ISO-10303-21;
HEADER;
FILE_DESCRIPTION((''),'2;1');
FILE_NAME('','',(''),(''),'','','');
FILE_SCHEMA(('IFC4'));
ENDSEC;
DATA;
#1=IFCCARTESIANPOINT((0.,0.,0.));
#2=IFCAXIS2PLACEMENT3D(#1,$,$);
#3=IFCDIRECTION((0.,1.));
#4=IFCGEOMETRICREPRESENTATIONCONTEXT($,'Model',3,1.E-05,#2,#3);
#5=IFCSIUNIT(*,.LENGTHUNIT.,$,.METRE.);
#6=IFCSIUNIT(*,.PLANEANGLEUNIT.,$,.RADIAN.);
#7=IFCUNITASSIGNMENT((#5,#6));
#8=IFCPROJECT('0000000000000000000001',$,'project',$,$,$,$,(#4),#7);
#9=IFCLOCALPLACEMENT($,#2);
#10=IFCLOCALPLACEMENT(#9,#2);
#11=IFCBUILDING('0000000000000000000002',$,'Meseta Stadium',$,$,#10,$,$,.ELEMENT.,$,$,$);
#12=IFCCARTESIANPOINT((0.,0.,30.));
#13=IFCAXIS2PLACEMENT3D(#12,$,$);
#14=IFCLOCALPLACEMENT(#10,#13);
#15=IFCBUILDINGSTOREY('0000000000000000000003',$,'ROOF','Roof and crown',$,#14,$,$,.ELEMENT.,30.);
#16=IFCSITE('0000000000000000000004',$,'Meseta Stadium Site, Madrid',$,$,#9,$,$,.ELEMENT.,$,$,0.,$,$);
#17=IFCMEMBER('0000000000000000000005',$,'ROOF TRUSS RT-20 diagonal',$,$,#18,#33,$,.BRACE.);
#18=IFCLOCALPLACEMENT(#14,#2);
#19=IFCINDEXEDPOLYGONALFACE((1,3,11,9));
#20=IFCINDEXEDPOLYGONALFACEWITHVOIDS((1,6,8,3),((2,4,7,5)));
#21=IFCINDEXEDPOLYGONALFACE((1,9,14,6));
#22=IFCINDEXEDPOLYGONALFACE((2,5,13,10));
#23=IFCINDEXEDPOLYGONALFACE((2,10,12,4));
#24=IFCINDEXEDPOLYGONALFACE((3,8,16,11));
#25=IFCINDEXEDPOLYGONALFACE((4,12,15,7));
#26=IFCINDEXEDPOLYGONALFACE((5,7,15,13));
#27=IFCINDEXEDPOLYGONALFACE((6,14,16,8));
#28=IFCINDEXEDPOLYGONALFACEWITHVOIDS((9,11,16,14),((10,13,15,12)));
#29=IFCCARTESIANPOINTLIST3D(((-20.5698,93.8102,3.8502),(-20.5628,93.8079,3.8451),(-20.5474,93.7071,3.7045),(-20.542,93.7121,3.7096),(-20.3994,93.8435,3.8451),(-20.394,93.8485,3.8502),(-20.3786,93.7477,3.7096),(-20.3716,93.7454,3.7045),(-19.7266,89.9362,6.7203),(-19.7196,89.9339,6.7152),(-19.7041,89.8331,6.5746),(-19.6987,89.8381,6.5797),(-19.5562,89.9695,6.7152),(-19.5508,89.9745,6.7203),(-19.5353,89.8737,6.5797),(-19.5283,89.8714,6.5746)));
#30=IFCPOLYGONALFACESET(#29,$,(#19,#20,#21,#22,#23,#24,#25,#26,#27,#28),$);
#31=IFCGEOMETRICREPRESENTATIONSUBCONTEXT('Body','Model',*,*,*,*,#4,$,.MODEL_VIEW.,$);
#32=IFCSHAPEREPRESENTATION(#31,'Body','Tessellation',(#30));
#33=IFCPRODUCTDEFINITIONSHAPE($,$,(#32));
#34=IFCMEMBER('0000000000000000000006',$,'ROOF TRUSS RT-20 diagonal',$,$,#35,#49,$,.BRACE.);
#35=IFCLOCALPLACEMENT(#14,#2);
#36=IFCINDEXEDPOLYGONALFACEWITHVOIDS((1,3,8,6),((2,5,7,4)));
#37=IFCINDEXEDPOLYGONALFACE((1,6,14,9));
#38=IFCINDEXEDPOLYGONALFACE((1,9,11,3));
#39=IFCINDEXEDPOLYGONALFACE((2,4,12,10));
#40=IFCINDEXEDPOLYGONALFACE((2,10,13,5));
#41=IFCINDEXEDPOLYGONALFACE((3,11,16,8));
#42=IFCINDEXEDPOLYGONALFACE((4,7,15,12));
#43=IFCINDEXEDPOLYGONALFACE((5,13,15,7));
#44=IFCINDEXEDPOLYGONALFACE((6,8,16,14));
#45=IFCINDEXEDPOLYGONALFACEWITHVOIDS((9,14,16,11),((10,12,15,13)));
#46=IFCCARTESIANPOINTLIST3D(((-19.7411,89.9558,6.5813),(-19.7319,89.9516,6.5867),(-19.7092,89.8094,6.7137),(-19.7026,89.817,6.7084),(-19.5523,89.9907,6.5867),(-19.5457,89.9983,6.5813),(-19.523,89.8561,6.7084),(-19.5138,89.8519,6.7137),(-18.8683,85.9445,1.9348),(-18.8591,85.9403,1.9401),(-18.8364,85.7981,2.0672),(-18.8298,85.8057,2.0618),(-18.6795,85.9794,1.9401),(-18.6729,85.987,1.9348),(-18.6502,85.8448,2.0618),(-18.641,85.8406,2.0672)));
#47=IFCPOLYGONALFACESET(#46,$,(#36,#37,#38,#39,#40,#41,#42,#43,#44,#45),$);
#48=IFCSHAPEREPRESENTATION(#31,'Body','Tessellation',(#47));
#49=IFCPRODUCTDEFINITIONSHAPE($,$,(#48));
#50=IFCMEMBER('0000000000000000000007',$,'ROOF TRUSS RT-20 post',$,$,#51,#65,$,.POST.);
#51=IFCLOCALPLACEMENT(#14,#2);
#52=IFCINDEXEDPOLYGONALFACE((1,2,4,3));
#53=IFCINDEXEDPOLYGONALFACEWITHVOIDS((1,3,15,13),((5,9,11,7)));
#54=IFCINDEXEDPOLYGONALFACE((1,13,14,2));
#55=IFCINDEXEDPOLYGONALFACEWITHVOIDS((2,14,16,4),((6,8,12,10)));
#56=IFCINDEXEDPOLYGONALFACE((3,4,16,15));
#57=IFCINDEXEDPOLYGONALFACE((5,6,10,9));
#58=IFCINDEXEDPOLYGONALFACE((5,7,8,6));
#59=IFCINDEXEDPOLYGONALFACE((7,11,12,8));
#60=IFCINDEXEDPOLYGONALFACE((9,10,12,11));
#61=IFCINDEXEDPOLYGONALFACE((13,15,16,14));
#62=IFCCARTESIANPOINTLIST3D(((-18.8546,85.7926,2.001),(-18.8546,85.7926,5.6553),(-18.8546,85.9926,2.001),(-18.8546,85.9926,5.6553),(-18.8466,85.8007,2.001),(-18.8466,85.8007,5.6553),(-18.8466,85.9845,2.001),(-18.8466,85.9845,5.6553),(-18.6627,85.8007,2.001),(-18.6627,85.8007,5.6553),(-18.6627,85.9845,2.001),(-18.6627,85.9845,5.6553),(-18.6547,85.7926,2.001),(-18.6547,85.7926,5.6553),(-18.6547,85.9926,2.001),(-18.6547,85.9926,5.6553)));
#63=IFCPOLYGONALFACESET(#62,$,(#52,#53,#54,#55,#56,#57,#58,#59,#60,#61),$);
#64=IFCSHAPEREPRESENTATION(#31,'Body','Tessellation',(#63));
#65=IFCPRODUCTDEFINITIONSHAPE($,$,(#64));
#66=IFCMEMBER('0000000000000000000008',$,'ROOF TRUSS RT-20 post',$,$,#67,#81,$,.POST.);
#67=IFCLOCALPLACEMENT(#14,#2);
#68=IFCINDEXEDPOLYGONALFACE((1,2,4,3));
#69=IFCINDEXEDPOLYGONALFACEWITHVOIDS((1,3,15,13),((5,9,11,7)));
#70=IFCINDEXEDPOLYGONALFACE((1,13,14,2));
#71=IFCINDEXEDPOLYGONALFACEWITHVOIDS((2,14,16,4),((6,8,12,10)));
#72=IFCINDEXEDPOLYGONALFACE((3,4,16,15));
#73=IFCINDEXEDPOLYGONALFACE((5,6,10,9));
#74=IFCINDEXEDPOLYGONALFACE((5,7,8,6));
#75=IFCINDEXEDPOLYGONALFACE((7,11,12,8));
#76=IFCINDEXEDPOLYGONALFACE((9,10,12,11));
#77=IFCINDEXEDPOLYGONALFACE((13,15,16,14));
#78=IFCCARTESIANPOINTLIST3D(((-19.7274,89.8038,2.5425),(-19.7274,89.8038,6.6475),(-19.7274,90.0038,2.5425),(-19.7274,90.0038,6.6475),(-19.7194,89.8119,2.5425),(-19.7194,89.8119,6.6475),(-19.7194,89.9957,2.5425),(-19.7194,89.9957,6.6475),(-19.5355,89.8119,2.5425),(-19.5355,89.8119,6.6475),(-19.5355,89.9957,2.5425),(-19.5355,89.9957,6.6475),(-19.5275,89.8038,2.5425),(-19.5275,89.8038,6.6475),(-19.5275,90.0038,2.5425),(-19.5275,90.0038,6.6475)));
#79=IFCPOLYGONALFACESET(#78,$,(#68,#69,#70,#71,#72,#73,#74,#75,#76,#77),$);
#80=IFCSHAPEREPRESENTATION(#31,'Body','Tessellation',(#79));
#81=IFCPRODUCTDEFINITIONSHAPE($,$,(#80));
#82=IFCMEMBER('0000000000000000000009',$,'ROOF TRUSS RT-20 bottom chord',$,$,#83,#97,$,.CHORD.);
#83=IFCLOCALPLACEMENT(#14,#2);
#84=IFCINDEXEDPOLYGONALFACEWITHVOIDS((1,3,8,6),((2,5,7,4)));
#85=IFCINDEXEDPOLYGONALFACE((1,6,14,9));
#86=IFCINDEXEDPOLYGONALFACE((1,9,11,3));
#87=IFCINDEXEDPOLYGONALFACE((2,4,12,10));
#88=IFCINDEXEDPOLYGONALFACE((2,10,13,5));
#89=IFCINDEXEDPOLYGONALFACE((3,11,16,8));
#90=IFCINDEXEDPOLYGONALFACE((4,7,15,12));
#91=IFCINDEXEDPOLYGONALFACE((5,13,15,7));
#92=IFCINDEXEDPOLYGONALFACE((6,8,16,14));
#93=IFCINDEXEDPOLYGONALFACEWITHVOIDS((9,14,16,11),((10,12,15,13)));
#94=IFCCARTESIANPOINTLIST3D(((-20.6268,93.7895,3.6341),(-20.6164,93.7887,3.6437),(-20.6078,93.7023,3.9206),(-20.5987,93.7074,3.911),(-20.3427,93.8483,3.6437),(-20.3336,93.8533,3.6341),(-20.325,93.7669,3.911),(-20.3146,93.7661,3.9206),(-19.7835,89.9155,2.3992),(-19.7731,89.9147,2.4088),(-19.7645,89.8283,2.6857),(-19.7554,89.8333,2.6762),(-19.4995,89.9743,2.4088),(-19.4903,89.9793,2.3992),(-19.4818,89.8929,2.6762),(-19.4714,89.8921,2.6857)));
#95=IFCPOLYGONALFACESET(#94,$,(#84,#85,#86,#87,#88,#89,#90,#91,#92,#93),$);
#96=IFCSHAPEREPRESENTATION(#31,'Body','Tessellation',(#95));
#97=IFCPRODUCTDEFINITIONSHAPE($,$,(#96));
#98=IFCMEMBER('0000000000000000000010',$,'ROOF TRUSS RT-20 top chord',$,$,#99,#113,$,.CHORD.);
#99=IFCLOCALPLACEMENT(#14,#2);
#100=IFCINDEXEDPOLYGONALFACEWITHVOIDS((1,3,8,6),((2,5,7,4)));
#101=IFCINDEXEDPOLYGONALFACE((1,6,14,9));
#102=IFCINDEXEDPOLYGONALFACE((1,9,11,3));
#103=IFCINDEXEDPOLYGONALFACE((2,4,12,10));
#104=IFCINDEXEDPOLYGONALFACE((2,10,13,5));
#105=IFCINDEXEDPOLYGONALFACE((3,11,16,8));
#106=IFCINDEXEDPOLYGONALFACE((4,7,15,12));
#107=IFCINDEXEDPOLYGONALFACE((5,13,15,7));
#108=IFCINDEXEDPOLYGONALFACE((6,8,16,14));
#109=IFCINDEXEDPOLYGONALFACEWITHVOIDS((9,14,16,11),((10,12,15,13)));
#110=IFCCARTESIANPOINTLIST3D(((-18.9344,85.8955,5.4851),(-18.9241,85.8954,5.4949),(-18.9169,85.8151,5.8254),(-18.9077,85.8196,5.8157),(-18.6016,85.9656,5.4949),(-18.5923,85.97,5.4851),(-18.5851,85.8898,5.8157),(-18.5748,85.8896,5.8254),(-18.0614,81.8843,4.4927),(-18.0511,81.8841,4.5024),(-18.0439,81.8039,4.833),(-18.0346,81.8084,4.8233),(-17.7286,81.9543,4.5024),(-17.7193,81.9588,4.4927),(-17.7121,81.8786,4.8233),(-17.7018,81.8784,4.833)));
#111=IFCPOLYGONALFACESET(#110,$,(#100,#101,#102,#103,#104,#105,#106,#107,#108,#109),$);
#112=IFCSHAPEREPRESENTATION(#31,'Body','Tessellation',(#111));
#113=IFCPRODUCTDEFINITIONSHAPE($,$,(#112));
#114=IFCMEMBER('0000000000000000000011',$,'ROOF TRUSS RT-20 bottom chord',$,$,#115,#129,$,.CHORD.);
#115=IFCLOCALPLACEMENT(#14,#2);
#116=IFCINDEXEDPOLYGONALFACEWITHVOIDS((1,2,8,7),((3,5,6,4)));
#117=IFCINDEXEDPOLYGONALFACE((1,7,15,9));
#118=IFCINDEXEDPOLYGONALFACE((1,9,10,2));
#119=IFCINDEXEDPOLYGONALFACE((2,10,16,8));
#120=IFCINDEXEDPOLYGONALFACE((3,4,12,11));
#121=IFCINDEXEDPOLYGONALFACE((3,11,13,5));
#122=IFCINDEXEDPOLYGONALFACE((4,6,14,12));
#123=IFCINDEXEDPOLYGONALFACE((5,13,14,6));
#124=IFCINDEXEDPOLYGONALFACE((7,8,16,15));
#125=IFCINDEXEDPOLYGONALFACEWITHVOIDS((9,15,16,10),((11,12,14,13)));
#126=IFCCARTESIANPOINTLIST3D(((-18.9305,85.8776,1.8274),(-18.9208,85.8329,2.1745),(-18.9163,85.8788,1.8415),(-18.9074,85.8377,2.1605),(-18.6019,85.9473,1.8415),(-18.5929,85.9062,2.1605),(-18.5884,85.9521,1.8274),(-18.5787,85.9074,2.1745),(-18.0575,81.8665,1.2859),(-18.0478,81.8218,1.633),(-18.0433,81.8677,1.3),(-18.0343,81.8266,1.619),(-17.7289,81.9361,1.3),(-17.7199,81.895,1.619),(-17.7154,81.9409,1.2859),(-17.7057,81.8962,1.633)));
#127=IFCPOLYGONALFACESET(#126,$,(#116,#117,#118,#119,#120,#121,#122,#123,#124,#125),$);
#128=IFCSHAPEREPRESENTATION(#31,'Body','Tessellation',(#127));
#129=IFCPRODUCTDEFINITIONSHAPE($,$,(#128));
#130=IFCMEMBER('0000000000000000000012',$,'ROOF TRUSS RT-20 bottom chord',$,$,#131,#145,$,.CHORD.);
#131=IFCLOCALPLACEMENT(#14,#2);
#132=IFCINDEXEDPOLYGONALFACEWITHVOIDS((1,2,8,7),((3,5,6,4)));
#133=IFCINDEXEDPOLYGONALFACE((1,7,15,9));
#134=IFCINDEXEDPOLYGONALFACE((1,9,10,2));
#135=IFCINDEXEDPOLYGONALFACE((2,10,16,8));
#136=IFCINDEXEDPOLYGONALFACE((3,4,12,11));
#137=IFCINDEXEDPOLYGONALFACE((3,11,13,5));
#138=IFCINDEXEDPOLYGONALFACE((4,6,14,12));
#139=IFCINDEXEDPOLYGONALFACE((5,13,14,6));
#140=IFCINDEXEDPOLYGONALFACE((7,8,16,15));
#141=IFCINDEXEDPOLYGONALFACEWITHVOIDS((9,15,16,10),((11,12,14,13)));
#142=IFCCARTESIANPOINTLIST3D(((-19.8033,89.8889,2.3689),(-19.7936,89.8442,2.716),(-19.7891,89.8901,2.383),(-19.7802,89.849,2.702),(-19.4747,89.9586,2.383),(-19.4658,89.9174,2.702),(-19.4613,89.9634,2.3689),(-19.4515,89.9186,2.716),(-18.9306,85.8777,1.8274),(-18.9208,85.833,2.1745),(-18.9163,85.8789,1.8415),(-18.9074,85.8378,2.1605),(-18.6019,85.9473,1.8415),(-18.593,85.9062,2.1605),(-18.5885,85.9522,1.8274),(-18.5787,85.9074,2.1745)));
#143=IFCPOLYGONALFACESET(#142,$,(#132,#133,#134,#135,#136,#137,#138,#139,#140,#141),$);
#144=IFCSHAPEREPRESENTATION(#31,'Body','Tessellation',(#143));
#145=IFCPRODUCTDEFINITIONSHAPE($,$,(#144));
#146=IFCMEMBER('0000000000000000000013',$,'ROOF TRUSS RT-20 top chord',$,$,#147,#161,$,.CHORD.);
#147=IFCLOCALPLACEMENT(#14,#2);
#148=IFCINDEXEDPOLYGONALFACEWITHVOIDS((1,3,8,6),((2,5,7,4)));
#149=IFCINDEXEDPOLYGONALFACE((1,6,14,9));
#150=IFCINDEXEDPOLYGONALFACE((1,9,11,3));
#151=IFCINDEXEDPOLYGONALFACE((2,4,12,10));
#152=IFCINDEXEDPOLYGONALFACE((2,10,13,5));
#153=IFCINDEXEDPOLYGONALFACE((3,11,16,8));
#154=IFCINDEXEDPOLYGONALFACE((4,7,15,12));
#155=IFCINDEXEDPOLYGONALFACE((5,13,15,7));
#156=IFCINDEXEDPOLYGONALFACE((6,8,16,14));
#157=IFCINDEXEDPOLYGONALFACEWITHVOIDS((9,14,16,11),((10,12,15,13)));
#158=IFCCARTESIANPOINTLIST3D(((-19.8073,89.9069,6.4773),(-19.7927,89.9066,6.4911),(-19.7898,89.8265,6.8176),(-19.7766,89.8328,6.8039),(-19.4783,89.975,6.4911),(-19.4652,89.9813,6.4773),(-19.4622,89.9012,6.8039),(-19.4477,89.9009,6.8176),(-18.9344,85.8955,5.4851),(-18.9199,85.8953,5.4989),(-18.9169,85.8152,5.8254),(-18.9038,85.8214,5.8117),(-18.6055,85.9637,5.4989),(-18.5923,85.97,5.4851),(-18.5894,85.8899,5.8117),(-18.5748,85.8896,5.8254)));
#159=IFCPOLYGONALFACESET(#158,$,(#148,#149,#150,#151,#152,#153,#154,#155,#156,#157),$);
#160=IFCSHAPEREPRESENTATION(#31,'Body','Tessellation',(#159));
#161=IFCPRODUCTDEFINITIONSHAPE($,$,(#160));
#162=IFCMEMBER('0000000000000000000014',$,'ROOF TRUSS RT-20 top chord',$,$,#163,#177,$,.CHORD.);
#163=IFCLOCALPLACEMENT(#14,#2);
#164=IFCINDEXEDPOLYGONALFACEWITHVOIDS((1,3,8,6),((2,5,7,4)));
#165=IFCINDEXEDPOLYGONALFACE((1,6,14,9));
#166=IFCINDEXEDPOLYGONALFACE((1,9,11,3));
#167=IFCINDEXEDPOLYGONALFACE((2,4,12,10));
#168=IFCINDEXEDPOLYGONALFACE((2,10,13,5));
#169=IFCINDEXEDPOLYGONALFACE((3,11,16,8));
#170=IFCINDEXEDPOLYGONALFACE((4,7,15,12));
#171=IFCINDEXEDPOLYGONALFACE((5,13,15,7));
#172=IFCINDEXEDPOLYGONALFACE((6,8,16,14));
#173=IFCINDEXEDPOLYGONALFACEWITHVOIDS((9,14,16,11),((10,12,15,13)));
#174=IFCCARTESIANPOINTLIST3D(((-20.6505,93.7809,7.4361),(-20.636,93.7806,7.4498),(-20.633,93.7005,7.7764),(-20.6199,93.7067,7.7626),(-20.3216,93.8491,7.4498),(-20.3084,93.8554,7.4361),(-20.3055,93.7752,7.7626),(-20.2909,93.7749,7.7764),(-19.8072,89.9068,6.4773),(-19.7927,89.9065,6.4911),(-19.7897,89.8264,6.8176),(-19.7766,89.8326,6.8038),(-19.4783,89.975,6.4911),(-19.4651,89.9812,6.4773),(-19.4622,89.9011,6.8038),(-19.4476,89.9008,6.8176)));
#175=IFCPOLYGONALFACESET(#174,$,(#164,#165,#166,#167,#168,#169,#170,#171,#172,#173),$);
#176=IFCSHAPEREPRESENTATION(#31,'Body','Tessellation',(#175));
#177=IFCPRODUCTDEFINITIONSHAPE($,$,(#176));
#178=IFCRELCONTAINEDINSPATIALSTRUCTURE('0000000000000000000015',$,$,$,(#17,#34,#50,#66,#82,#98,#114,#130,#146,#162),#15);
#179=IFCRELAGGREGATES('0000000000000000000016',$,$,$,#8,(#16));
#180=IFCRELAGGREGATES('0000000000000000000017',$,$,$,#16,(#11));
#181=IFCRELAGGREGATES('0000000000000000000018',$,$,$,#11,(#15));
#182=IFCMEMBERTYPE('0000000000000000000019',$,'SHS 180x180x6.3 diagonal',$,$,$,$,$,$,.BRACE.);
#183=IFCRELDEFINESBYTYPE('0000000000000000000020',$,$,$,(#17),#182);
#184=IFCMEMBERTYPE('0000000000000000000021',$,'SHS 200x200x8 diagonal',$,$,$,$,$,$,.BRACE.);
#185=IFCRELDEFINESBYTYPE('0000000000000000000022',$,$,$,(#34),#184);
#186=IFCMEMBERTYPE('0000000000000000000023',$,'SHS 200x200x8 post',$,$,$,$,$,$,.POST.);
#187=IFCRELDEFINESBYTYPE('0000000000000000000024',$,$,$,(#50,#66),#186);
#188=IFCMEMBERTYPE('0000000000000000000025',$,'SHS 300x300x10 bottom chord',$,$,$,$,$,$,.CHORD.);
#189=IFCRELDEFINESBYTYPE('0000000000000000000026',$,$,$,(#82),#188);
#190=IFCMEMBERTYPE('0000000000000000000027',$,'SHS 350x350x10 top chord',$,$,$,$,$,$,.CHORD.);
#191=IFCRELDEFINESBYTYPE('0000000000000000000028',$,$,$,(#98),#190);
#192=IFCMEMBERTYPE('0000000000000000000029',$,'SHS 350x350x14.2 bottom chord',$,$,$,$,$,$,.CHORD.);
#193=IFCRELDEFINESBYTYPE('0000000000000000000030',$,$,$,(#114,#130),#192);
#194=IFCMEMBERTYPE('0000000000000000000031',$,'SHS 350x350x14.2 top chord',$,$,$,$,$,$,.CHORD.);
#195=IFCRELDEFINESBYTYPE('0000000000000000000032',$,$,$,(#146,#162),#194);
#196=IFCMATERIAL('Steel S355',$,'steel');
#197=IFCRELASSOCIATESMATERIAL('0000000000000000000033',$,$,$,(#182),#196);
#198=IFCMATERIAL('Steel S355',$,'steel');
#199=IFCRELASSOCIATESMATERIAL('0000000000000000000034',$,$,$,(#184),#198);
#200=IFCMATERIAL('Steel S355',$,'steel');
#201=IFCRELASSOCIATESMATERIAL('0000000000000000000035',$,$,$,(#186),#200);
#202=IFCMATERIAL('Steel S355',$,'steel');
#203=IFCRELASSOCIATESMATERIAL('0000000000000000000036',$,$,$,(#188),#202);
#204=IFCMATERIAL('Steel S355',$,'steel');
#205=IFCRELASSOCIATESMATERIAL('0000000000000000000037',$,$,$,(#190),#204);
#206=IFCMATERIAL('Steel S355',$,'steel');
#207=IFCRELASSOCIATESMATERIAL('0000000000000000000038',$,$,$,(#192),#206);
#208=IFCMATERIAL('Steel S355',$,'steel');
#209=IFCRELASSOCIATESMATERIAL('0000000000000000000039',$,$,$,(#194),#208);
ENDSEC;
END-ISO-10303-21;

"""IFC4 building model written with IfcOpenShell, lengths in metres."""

from ifc_helpers import new_model, si_unit, direction, frame, origin, origin_2d, place, context, subcontext, project, spatial, hollow_rectangle, extrude, material, material_profile, profile_set, type_object, element, save


model = new_model("IFC4")

# Units and contexts
model_context = context("Model", 3, precision=1e-05, world=origin(), true_north=direction((0.0, 1.0)))
body_context = subcontext(model_context, "Body", "Model", "MODEL_VIEW")
ifc_project = project(units=[si_unit("LENGTHUNIT", "METRE"), si_unit("PLANEANGLEUNIT", "RADIAN")], contexts=[model_context])

# Site, building, storey
site_placement = place(None, origin())
site = spatial("IfcSite", under=ifc_project, at=site_placement, Name="Meseta Stadium Site, Madrid", CompositionType="ELEMENT", RefElevation=0.0)
building_placement = place(site_placement, origin())
building = spatial("IfcBuilding", under=site, at=building_placement, Name="Meseta Stadium", CompositionType="ELEMENT")
storey_placement = place(building_placement, frame((0.0, 0.0, 30.0)))
storey = spatial("IfcBuildingStorey", under=building, at=storey_placement, Name="ROOF", Description="Roof and crown", CompositionType="ELEMENT", Elevation=30.0)

# Members
ifc_material_1 = material(Name="Steel S355", Category="steel")
ifc_material_profile_1 = material_profile(ifc_material_1, hollow_rectangle(XDim=0.1799, YDim=0.1799, WallThickness=0.0063, at=origin_2d()), Name="SHS 180x180x6.3")
ifc_profile_set_1 = profile_set([ifc_material_profile_1], Name="Steel S355")
member_type_1 = type_object("IfcMemberType", Name="SHS 180x180x6.3 diagonal", PredefinedType="BRACE", material=ifc_profile_set_1)
member_1_placement = place(storey_placement, frame((-19.6274, 89.9038, 6.6475), z_axis=(-0.172285, 0.791496, -0.586389), x_axis=(-0.97712, -0.21269, 0.0)))
element("IfcMember", 1, at=member_1_placement, inside=storey, type_object=member_type_1, Name="ROOF TRUSS RT-20 diagonal", PredefinedType="BRACE", context=body_context, shape_type="SweptSolid", body=[
    extrude(hollow_rectangle(XDim=0.1799, YDim=0.1799, WallThickness=0.0063, at=origin_2d()), origin(), (0.0, 0.0, 1.0), 4.8945),
])
ifc_material_2 = material(Name="Steel S355", Category="steel")
ifc_material_profile_2 = material_profile(ifc_material_2, hollow_rectangle(XDim=0.2, YDim=0.2, WallThickness=0.0081, at=origin_2d()), Name="SHS 200x200x8")
ifc_profile_set_2 = profile_set([ifc_material_profile_2], Name="Steel S355")
member_type_2 = type_object("IfcMemberType", Name="SHS 200x200x8 diagonal", PredefinedType="BRACE", material=ifc_profile_set_2)
member_2_placement = place(storey_placement, frame((-18.7546, 85.8926, 2.001), z_axis=(-0.140772, 0.646959, 0.749418), x_axis=(-0.977136, -0.212615, 0.0)))
element("IfcMember", 2, at=member_2_placement, inside=storey, type_object=member_type_2, Name="ROOF TRUSS RT-20 diagonal", PredefinedType="BRACE", context=body_context, shape_type="SweptSolid", body=[
    extrude(hollow_rectangle(XDim=0.2, YDim=0.2, WallThickness=0.0081, at=origin_2d()), origin(), (0.0, 0.0, 1.0), 6.2002),
])
ifc_material_3 = material(Name="Steel S355", Category="steel")
ifc_material_profile_3 = material_profile(ifc_material_3, hollow_rectangle(XDim=0.2, YDim=0.2, WallThickness=0.0081, at=origin_2d()), Name="SHS 200x200x8")
ifc_profile_set_3 = profile_set([ifc_material_profile_3], Name="Steel S355")
member_type_3 = type_object("IfcMemberType", Name="SHS 200x200x8 post", PredefinedType="POST", material=ifc_profile_set_3)
member_3_placement = place(storey_placement, frame((-18.7546, 85.8926, 2.001), z_axis=(0.0, 0.0, 1.0), x_axis=(1.0, 0.0, 0.0)))
element("IfcMember", 3, at=member_3_placement, inside=storey, type_object=member_type_3, Name="ROOF TRUSS RT-20 post", PredefinedType="POST", context=body_context, shape_type="SweptSolid", body=[
    extrude(hollow_rectangle(XDim=0.2, YDim=0.2, WallThickness=0.0081, at=origin_2d()), origin(), (0.0, 0.0, 1.0), 3.6543),
])
member_4_placement = place(storey_placement, frame((-19.6274, 89.9038, 2.5425), z_axis=(0.0, 0.0, 1.0), x_axis=(1.0, 0.0, 0.0)))
element("IfcMember", 4, at=member_4_placement, inside=storey, type_object=member_type_3, Name="ROOF TRUSS RT-20 post", PredefinedType="POST", context=body_context, shape_type="SweptSolid", body=[
    extrude(hollow_rectangle(XDim=0.2, YDim=0.2, WallThickness=0.0081, at=origin_2d()), origin(), (0.0, 0.0, 1.0), 4.105),
])
ifc_material_4 = material(Name="Steel S355", Category="steel")
ifc_material_profile_4 = material_profile(ifc_material_4, hollow_rectangle(XDim=0.3, YDim=0.3, WallThickness=0.01, at=origin_2d()), Name="SHS 300x300x10")
ifc_profile_set_4 = profile_set([ifc_material_profile_4], Name="Steel S355")
member_type_4 = type_object("IfcMemberType", Name="SHS 300x300x10 bottom chord", PredefinedType="CHORD", material=ifc_profile_set_4)
member_5_placement = place(storey_placement, frame((-19.6274, 89.9038, 2.5425), z_axis=(-0.203069, 0.932917, 0.297372), x_axis=(-0.97712, -0.21269, 0.0)))
element("IfcMember", 5, at=member_5_placement, inside=storey, type_object=member_type_4, Name="ROOF TRUSS RT-20 bottom chord", PredefinedType="CHORD", context=body_context, shape_type="SweptSolid", body=[
    extrude(hollow_rectangle(XDim=0.3, YDim=0.3, WallThickness=0.01, at=origin_2d()), origin(), (0.0, 0.0, 1.0), 4.1526),
])
ifc_material_5 = material(Name="Steel S355", Category="steel")
ifc_material_profile_5 = material_profile(ifc_material_5, hollow_rectangle(XDim=0.3501, YDim=0.3501, WallThickness=0.01, at=origin_2d()), Name="SHS 350x350x10")
ifc_profile_set_5 = profile_set([ifc_material_profile_5], Name="Steel S355")
member_type_5 = type_object("IfcMemberType", Name="SHS 350x350x10 top chord", PredefinedType="CHORD", material=ifc_profile_set_5)
member_6_placement = place(storey_placement, frame((-17.8816, 81.8813, 4.6628), z_axis=(-0.206717, 0.949764, 0.234984), x_axis=(-0.977124, -0.212672, 0.0)))
element("IfcMember", 6, at=member_6_placement, inside=storey, type_object=member_type_5, Name="ROOF TRUSS RT-20 top chord", PredefinedType="CHORD", context=body_context, shape_type="SweptSolid", body=[
    extrude(hollow_rectangle(XDim=0.3501, YDim=0.3501, WallThickness=0.01, at=origin_2d()), origin(), (0.0, 0.0, 1.0), 4.2234),
])
ifc_material_6 = material(Name="Steel S355", Category="steel")
ifc_material_profile_6 = material_profile(ifc_material_6, hollow_rectangle(XDim=0.3501, YDim=0.3501, WallThickness=0.0142, at=origin_2d()), Name="SHS 350x350x14.2")
ifc_profile_set_6 = profile_set([ifc_material_profile_6], Name="Steel S355")
member_type_6 = type_object("IfcMemberType", Name="SHS 350x350x14.2 bottom chord", PredefinedType="CHORD", material=ifc_profile_set_6)
for number, where, z_axis, x_axis, name in (
    (7, (-17.8816, 81.8813, 1.4595), (-0.210845, 0.968732, 0.130776), (-0.977124, -0.212672, 0.0), "ROOF TRUSS RT-20 bottom chord"),
    (8, (-18.7546, 85.8926, 2.001), (-0.210789, 0.968744, 0.130778), (-0.977136, -0.212615, 0.0), "ROOF TRUSS RT-20 bottom chord"),
):
    element("IfcMember", number, at=place(storey_placement, frame(where, z_axis=z_axis, x_axis=x_axis)), inside=storey, type_object=member_type_6, Name=name, PredefinedType="CHORD", context=body_context, shape_type="SweptSolid", body=[
        extrude(hollow_rectangle(XDim=0.3501, YDim=0.3501, WallThickness=0.0142, at=origin_2d()), origin(), (0.0, 0.0, 1.0), 4.1406),
    ])
ifc_material_7 = material(Name="Steel S355", Category="steel")
ifc_material_profile_7 = material_profile(ifc_material_7, hollow_rectangle(XDim=0.3501, YDim=0.3501, WallThickness=0.0142, at=origin_2d()), Name="SHS 350x350x14.2")
ifc_profile_set_7 = profile_set([ifc_material_profile_7], Name="Steel S355")
member_type_7 = type_object("IfcMemberType", Name="SHS 350x350x14.2 top chord", PredefinedType="CHORD", material=ifc_profile_set_7)
member_7_placement = place(storey_placement, frame((-18.7546, 85.8926, 5.6553), z_axis=(-0.206664, 0.949788, 0.234932), x_axis=(-0.977136, -0.212615, 0.0)))
element("IfcMember", 9, at=member_7_placement, inside=storey, type_object=member_type_7, Name="ROOF TRUSS RT-20 top chord", PredefinedType="CHORD", context=body_context, shape_type="SweptSolid", body=[
    extrude(hollow_rectangle(XDim=0.3501, YDim=0.3501, WallThickness=0.0142, at=origin_2d()), origin(), (0.0, 0.0, 1.0), 4.2234),
])
member_8_placement = place(storey_placement, frame((-19.6274, 89.9038, 6.6475), z_axis=(-0.206732, 0.949746, 0.235042), x_axis=(-0.97712, -0.21269, 0.0)))
element("IfcMember", 10, at=member_8_placement, inside=storey, type_object=member_type_7, Name="ROOF TRUSS RT-20 top chord", PredefinedType="CHORD", context=body_context, shape_type="SweptSolid", body=[
    extrude(hollow_rectangle(XDim=0.3501, YDim=0.3501, WallThickness=0.0142, at=origin_2d()), origin(), (0.0, 0.0, 1.0), 4.0791),
])

save(model, "model.ifc")
